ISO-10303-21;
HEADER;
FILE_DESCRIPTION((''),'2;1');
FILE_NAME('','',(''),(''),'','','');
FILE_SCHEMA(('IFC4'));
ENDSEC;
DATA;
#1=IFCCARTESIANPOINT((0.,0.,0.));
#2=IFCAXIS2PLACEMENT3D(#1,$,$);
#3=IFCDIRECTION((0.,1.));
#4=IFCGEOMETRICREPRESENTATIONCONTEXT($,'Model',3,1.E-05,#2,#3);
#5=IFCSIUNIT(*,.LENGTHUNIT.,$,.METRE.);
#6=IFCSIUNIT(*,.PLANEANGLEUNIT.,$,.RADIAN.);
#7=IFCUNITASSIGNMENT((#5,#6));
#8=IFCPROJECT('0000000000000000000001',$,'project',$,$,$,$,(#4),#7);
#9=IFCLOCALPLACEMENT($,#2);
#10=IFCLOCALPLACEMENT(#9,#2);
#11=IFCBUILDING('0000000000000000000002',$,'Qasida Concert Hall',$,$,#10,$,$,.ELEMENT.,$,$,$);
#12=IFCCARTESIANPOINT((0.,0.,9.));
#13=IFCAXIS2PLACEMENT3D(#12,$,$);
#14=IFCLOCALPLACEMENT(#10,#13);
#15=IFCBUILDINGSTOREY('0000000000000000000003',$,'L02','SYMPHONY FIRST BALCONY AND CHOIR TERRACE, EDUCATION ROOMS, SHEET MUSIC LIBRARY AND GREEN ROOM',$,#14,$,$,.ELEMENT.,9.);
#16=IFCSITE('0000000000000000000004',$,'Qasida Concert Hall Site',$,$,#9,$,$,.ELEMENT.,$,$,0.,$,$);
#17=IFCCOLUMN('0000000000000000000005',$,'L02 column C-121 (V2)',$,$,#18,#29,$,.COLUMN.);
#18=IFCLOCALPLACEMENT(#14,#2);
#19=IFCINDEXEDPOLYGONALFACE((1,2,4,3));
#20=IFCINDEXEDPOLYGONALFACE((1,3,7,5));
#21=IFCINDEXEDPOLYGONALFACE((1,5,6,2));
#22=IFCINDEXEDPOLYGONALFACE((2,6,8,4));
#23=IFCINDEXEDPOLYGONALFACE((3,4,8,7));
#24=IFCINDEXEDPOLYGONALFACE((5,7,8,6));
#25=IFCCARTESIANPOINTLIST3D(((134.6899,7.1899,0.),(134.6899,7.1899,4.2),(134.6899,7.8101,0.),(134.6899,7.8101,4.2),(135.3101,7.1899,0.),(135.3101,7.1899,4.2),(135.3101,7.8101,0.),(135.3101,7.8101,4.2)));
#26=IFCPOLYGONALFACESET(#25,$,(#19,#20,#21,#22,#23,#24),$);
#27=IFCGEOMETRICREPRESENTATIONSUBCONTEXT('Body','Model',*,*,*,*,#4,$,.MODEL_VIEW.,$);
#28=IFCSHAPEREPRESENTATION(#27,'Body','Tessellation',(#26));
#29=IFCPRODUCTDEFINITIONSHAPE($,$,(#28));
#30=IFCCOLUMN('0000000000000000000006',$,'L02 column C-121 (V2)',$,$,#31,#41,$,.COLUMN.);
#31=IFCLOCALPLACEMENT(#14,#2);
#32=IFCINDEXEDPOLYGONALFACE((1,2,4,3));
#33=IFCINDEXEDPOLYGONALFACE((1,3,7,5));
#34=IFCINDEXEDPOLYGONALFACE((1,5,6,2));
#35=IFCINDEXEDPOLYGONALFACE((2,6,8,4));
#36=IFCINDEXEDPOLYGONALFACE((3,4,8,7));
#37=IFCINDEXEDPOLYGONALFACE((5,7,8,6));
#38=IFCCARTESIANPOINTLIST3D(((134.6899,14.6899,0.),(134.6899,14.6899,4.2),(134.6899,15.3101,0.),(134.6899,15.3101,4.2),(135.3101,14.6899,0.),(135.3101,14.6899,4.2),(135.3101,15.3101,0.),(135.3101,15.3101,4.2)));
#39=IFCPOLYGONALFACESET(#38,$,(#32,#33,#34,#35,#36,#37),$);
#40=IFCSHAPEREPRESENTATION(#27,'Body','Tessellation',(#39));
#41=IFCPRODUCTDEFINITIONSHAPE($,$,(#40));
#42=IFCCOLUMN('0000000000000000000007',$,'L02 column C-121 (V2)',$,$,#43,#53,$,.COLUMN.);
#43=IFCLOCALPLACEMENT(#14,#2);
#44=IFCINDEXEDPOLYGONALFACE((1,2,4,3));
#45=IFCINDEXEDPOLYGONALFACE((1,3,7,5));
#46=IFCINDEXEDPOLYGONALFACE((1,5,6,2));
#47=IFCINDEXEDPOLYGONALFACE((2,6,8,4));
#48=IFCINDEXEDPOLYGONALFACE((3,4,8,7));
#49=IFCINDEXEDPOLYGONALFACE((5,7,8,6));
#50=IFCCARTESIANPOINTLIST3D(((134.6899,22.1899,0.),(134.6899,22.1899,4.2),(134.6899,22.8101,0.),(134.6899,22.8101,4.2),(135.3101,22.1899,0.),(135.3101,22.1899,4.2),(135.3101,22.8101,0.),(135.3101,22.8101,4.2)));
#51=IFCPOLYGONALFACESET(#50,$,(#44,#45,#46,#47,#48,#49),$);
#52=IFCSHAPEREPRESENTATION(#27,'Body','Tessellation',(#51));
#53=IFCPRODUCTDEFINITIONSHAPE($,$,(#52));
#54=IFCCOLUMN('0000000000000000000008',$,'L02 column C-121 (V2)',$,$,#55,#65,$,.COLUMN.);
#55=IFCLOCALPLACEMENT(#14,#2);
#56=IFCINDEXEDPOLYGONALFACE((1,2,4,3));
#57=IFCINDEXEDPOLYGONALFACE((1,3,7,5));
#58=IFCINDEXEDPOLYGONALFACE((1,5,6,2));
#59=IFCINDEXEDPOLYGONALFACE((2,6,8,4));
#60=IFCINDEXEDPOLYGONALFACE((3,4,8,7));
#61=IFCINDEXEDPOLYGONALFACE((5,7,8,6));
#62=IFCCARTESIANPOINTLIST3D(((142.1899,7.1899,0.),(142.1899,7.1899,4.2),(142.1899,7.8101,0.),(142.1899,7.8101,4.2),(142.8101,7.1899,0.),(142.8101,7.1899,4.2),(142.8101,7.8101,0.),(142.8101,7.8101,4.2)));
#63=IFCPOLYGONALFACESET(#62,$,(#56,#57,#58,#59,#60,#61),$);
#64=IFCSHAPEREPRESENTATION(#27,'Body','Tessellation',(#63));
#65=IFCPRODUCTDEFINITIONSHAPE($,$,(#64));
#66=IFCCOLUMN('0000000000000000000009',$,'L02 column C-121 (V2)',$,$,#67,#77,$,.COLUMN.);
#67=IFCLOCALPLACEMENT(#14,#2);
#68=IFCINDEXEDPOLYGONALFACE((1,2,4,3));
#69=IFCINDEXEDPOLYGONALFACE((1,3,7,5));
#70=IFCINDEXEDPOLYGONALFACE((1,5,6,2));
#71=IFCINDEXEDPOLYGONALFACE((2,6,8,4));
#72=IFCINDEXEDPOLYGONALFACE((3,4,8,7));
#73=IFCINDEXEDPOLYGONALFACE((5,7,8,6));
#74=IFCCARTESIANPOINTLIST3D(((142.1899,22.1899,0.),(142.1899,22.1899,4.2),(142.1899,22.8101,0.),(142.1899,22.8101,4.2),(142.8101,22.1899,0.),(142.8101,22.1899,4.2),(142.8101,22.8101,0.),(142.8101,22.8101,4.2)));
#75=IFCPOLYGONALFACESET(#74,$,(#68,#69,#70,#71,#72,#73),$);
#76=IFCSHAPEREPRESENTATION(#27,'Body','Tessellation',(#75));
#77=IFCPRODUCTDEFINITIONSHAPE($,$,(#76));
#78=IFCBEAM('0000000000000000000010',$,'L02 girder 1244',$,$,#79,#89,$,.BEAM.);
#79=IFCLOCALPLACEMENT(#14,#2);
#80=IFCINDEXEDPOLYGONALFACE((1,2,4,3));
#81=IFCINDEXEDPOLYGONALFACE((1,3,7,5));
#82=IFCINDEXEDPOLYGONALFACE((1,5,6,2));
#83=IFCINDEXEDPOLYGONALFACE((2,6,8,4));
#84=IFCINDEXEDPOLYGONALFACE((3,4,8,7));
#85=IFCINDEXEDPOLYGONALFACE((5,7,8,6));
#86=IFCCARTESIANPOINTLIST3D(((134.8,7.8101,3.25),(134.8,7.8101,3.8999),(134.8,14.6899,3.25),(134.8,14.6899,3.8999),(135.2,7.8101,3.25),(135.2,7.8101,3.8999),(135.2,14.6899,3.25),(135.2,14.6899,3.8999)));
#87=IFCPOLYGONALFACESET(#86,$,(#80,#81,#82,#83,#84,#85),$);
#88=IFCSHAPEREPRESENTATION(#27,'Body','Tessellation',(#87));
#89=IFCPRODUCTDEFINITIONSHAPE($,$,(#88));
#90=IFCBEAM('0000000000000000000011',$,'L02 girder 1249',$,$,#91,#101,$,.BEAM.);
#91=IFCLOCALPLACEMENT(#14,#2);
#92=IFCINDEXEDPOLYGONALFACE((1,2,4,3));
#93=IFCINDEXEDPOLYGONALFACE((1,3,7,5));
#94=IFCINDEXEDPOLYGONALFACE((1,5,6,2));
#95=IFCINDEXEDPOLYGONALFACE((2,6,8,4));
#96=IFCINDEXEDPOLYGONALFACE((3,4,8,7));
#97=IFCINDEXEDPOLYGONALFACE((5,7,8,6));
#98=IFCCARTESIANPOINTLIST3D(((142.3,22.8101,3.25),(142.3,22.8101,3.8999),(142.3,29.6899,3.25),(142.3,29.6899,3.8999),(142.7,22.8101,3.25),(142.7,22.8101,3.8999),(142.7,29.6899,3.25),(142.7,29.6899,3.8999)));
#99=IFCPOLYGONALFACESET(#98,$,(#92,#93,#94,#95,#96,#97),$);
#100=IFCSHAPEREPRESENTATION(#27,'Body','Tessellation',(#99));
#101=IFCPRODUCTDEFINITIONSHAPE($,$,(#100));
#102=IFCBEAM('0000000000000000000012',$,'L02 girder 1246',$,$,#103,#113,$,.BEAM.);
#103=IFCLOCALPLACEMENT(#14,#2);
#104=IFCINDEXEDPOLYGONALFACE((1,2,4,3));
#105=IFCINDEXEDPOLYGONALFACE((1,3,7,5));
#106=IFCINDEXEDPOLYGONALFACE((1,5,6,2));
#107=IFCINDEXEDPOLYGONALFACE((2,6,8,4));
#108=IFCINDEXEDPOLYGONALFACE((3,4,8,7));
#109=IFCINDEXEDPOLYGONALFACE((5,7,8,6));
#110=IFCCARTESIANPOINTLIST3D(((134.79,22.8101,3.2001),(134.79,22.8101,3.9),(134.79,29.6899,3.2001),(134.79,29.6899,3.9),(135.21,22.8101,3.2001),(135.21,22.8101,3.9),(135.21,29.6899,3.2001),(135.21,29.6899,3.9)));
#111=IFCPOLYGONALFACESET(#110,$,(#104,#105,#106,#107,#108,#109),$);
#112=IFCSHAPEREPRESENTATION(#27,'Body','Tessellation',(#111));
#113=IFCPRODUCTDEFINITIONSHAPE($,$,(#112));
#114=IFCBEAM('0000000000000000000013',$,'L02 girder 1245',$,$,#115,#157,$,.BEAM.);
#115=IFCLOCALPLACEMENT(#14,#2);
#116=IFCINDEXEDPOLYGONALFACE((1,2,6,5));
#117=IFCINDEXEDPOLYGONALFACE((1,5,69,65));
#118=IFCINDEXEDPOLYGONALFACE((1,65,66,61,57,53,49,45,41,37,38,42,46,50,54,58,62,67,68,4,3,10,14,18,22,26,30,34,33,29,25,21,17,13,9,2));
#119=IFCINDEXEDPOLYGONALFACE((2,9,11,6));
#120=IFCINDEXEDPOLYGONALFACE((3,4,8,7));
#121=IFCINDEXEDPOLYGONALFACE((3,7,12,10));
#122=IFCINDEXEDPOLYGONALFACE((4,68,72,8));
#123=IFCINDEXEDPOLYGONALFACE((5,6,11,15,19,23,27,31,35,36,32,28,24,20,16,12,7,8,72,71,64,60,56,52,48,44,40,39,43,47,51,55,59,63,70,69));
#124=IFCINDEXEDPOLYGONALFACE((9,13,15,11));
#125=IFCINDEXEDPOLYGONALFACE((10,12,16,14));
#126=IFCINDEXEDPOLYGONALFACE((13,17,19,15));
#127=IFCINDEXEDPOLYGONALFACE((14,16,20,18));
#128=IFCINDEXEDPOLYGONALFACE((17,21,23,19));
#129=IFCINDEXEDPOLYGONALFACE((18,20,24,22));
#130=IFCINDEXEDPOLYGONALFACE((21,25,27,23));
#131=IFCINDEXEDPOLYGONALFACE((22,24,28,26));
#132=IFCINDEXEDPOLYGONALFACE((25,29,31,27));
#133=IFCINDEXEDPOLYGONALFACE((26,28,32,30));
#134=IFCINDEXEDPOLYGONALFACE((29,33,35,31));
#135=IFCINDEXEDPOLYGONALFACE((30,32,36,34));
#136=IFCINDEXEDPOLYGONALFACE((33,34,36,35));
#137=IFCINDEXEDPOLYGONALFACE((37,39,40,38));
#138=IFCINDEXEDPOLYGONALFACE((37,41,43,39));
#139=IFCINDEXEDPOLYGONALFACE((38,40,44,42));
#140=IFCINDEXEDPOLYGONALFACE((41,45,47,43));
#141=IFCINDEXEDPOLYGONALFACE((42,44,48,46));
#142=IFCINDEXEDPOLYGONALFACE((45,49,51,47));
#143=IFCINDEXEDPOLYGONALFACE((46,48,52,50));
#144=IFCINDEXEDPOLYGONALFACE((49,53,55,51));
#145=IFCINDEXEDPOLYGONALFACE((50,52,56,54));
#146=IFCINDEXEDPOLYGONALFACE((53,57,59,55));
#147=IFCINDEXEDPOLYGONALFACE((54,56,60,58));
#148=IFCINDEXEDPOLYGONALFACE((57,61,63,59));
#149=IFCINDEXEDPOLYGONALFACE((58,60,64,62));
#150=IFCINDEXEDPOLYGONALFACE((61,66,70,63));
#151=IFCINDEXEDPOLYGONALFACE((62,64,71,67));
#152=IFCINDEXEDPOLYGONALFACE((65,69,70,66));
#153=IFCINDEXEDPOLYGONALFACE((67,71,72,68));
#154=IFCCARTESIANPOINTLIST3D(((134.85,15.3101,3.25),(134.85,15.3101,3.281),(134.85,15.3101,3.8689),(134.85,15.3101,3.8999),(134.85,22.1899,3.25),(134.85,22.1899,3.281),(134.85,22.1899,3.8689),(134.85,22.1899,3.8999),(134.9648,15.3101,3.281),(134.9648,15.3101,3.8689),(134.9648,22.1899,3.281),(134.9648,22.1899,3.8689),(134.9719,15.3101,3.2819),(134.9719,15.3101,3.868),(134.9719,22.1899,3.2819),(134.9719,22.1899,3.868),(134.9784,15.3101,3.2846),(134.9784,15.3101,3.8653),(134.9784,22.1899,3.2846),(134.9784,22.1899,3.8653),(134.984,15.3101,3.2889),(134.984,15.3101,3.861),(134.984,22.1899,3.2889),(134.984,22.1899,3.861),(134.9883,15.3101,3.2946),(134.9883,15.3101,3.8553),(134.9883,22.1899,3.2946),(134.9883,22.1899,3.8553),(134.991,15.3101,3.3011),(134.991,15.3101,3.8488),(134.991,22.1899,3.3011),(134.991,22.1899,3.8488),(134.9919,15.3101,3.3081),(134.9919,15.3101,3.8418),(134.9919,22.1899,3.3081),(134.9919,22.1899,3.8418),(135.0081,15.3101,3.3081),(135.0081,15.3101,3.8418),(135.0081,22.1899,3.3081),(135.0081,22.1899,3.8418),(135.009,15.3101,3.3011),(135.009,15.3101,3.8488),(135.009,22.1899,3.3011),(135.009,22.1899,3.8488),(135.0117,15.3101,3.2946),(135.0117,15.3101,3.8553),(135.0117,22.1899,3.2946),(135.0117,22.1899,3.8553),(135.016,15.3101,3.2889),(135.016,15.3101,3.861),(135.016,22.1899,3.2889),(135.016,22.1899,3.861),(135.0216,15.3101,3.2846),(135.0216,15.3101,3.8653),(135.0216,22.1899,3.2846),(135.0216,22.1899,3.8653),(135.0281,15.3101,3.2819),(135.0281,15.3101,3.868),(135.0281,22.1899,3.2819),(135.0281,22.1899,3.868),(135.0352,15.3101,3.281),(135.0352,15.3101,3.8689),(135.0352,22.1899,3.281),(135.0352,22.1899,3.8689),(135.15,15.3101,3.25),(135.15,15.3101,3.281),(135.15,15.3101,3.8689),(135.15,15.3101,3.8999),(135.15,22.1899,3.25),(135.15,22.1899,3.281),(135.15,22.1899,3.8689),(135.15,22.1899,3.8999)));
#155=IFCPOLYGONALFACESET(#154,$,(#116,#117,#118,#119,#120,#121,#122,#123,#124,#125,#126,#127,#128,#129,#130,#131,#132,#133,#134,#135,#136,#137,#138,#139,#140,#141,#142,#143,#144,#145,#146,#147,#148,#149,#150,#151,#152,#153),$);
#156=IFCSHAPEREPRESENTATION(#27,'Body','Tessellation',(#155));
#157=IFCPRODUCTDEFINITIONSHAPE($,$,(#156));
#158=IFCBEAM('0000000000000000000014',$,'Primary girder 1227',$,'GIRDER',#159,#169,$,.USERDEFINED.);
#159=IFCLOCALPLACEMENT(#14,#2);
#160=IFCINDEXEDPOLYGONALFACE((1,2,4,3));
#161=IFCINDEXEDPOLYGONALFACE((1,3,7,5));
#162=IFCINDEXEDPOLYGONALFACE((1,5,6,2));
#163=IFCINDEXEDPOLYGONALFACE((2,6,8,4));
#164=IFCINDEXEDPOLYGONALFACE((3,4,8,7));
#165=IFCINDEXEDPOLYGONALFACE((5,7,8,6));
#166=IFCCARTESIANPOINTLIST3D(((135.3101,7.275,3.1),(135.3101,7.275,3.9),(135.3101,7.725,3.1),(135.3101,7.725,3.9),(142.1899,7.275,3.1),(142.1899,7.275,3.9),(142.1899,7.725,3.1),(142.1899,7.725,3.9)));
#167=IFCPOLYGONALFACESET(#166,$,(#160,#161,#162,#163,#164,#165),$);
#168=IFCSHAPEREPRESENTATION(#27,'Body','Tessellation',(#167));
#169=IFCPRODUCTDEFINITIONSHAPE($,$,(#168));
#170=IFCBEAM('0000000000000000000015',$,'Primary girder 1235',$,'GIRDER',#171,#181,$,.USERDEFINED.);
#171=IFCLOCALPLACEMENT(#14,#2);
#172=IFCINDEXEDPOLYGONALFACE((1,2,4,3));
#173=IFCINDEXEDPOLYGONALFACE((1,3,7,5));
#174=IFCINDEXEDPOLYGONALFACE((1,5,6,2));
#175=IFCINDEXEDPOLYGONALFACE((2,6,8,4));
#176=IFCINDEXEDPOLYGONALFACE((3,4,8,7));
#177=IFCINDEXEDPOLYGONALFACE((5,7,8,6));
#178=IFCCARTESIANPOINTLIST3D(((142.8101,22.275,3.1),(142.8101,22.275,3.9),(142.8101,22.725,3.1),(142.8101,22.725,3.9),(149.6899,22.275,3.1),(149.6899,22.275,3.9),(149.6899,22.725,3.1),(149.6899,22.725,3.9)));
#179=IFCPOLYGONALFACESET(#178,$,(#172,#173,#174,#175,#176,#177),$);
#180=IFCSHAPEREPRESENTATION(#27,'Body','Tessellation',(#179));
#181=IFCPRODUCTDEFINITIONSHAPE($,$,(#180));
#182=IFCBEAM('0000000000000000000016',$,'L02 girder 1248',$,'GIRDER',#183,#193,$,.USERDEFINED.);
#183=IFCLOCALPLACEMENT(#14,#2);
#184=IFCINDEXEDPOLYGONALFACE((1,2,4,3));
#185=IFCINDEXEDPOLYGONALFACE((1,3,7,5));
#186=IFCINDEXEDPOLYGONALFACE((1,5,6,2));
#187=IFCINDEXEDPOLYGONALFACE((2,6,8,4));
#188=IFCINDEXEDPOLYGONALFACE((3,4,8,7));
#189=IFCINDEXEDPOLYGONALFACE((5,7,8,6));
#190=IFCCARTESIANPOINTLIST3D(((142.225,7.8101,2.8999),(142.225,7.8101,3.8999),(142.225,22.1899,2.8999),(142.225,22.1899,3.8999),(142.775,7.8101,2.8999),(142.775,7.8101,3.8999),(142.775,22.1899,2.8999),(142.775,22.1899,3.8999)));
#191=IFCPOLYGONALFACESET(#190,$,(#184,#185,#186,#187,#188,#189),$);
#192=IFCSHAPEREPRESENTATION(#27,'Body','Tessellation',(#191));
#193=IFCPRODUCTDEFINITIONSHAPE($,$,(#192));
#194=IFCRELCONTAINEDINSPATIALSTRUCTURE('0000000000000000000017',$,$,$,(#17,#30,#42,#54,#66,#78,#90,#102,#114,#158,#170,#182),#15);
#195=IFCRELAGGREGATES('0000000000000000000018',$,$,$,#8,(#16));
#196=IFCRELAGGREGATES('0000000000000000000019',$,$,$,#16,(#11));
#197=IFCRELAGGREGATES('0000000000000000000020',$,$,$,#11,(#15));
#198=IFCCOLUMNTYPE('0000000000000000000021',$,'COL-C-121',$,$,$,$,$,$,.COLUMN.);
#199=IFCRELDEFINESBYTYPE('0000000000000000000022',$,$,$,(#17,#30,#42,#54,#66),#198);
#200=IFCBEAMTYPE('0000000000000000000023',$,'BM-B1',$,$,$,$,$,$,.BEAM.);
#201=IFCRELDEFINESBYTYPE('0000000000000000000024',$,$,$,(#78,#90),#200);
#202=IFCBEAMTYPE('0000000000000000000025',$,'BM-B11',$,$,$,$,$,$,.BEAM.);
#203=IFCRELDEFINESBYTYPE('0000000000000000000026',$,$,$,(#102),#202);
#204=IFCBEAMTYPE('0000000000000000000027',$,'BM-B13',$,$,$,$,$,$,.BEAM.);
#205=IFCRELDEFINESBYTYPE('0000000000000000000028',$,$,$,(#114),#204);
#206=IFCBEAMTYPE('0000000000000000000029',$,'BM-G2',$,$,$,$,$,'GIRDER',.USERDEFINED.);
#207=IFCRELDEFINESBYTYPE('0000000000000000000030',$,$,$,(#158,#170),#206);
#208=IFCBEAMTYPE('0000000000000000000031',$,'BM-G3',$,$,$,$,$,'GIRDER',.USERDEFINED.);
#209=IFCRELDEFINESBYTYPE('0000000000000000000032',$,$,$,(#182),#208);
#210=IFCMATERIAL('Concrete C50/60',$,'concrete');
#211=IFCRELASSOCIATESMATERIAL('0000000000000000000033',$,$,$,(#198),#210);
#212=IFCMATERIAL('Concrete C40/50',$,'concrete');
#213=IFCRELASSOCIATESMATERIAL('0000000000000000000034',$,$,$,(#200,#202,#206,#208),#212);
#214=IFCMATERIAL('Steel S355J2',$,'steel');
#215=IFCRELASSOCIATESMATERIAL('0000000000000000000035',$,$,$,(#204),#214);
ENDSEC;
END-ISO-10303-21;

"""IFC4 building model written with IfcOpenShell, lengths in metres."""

from ifc_helpers import new_model, si_unit, direction, frame, origin, origin_2d, place, context, subcontext, project, spatial, rectangle, i_section, extrude, material, material_profile, profile_set, type_object, element, save


model = new_model("IFC4")

# Units and contexts
model_context = context("Model", 3, precision=1e-05, world=origin(), true_north=direction((0.0, 1.0)))
body_context = subcontext(model_context, "Body", "Model", "MODEL_VIEW")
ifc_project = project(units=[si_unit("LENGTHUNIT", "METRE"), si_unit("PLANEANGLEUNIT", "RADIAN")], contexts=[model_context])

# Site, building, storey
site_placement = place(None, origin())
site = spatial("IfcSite", under=ifc_project, at=site_placement, Name="Qasida Concert Hall Site", CompositionType="ELEMENT", RefElevation=0.0)
building_placement = place(site_placement, origin())
building = spatial("IfcBuilding", under=site, at=building_placement, Name="Qasida Concert Hall", CompositionType="ELEMENT")
storey_placement = place(building_placement, frame((0.0, 0.0, 9.0)))
storey = spatial("IfcBuildingStorey", under=building, at=storey_placement, Name="L02", Description="SYMPHONY FIRST BALCONY AND CHOIR TERRACE, EDUCATION ROOMS, SHEET MUSIC LIBRARY AND GREEN ROOM", CompositionType="ELEMENT", Elevation=9.0)

# Columns
ifc_material_1 = material(Name="Concrete C50/60", Category="concrete")
ifc_material_profile_1 = material_profile(ifc_material_1, rectangle(XDim=0.6201, YDim=0.6201, at=origin_2d()), Name="RC 620x620")
ifc_profile_set_1 = profile_set([ifc_material_profile_1], Name="Concrete C50/60")
column_type = type_object("IfcColumnType", Name="COL-C-121", PredefinedType="COLUMN", material=ifc_profile_set_1)
for number, where, z_axis, x_axis, name in (
    (1, (135.0, 7.5, 0.0), (0.0, 0.0, 1.0), (1.0, 0.0, 0.0), "L02 column C-121 (V2)"),
    (2, (135.0, 15.0, 0.0), (0.0, 0.0, 1.0), (1.0, 0.0, 0.0), "L02 column C-121 (V2)"),
    (3, (135.0, 22.5, 0.0), (0.0, 0.0, 1.0), (1.0, 0.0, 0.0), "L02 column C-121 (V2)"),
    (4, (142.5, 7.5, 0.0), (0.0, 0.0, 1.0), (1.0, 0.0, 0.0), "L02 column C-121 (V2)"),
    (5, (142.5, 22.5, 0.0), (0.0, 0.0, 1.0), (1.0, 0.0, 0.0), "L02 column C-121 (V2)"),
):
    element("IfcColumn", number, at=place(storey_placement, frame(where, z_axis=z_axis, x_axis=x_axis)), inside=storey, type_object=column_type, Name=name, PredefinedType="COLUMN", context=body_context, shape_type="SweptSolid", body=[
        extrude(rectangle(XDim=0.6201, YDim=0.6201, at=origin_2d()), origin(), (0.0, 0.0, 1.0), 4.2),
    ])

# Beams
ifc_material_2 = material(Name="Concrete C40/50", Category="concrete")
ifc_material_profile_2 = material_profile(ifc_material_2, rectangle(XDim=0.3999, YDim=0.6499, at=origin_2d()), Name="RC 400x650")
ifc_profile_set_2 = profile_set([ifc_material_profile_2], Name="Concrete C40/50")
beam_type_1 = type_object("IfcBeamType", Name="BM-B1", PredefinedType="BEAM", material=ifc_profile_set_2)
for number, where, z_axis, x_axis, name in (
    (6, (135.0, 7.8101, 3.575), (0.0, 1.0, 0.0), (-1.0, 0.0, 0.0), "L02 girder 1244"),
    (7, (142.5, 22.8101, 3.575), (0.0, 1.0, 0.0), (-1.0, 0.0, 0.0), "L02 girder 1249"),
):
    element("IfcBeam", number, at=place(storey_placement, frame(where, z_axis=z_axis, x_axis=x_axis)), inside=storey, type_object=beam_type_1, Name=name, PredefinedType="BEAM", context=body_context, shape_type="SweptSolid", body=[
        extrude(rectangle(XDim=0.3999, YDim=0.6499, at=origin_2d()), origin(), (0.0, 0.0, 1.0), 6.8799),
    ])
ifc_material_profile_3 = material_profile(ifc_material_2, rectangle(XDim=0.4199, YDim=0.7, at=origin_2d()), Name="RC 420x700")
ifc_profile_set_3 = profile_set([ifc_material_profile_3], Name="Concrete C40/50")
beam_type_2 = type_object("IfcBeamType", Name="BM-B11", PredefinedType="BEAM", material=ifc_profile_set_3)
beam_1_placement = place(storey_placement, frame((135.0, 22.8101, 3.55), z_axis=(0.0, 1.0, 0.0), x_axis=(-1.0, 0.0, 0.0)))
element("IfcBeam", 8, at=beam_1_placement, inside=storey, type_object=beam_type_2, Name="L02 girder 1246", PredefinedType="BEAM", context=body_context, shape_type="SweptSolid", body=[
    extrude(rectangle(XDim=0.4199, YDim=0.7, at=origin_2d()), origin(), (0.0, 0.0, 1.0), 6.8799),
])
ifc_material_3 = material(Name="Steel S355J2", Category="steel")
ifc_material_profile_4 = material_profile(ifc_material_3, i_section(OverallWidth=0.3, OverallDepth=0.6499, WebThickness=0.0161, FlangeThickness=0.031, FilletRadius=0.0271, at=origin_2d()), Name="HEB 650")
ifc_profile_set_4 = profile_set([ifc_material_profile_4], Name="Steel S355J2")
beam_type_3 = type_object("IfcBeamType", Name="BM-B13", PredefinedType="BEAM", material=ifc_profile_set_4)
beam_2_placement = place(storey_placement, frame((135.0, 15.3101, 3.575), z_axis=(0.0, 1.0, 0.0), x_axis=(-1.0, 0.0, 0.0)))
element("IfcBeam", 9, at=beam_2_placement, inside=storey, type_object=beam_type_3, Name="L02 girder 1245", PredefinedType="BEAM", context=body_context, shape_type="SweptSolid", body=[
    extrude(i_section(OverallWidth=0.3, OverallDepth=0.6499, WebThickness=0.0161, FlangeThickness=0.031, FilletRadius=0.0271, at=origin_2d()), origin(), (0.0, 0.0, 1.0), 6.8799),
])
ifc_material_profile_5 = material_profile(ifc_material_2, rectangle(XDim=0.45, YDim=0.8, at=origin_2d()), Name="RC 450x800")
ifc_profile_set_5 = profile_set([ifc_material_profile_5], Name="Concrete C40/50")
beam_type_4 = type_object("IfcBeamType", Name="BM-G2", ElementType="GIRDER", PredefinedType="USERDEFINED", material=ifc_profile_set_5)
for number, where, z_axis, x_axis, name in (
    (10, (135.3101, 7.5, 3.5), (1.0, 0.0, 0.0), (0.0, 1.0, 0.0), "Primary girder 1227"),
    (11, (142.8101, 22.5, 3.5), (1.0, 0.0, 0.0), (0.0, 1.0, 0.0), "Primary girder 1235"),
):
    element("IfcBeam", number, at=place(storey_placement, frame(where, z_axis=z_axis, x_axis=x_axis)), inside=storey, type_object=beam_type_4, Name=name, ObjectType="GIRDER", PredefinedType="USERDEFINED", context=body_context, shape_type="SweptSolid", body=[
        extrude(rectangle(XDim=0.45, YDim=0.8, at=origin_2d()), origin(), (0.0, 0.0, 1.0), 6.8799),
    ])
ifc_material_profile_6 = material_profile(ifc_material_2, rectangle(XDim=0.55, YDim=1.0, at=origin_2d()), Name="RC 550x1000")
ifc_profile_set_6 = profile_set([ifc_material_profile_6], Name="Concrete C40/50")
beam_type_5 = type_object("IfcBeamType", Name="BM-G3", ElementType="GIRDER", PredefinedType="USERDEFINED", material=ifc_profile_set_6)
beam_3_placement = place(storey_placement, frame((142.5, 7.8101, 3.3999), z_axis=(0.0, 1.0, 0.0), x_axis=(-1.0, 0.0, 0.0)))
element("IfcBeam", 12, at=beam_3_placement, inside=storey, type_object=beam_type_5, Name="L02 girder 1248", ObjectType="GIRDER", PredefinedType="USERDEFINED", context=body_context, shape_type="SweptSolid", body=[
    extrude(rectangle(XDim=0.55, YDim=1.0, at=origin_2d()), origin(), (0.0, 0.0, 1.0), 14.3799),
])

save(model, "model.ifc")
